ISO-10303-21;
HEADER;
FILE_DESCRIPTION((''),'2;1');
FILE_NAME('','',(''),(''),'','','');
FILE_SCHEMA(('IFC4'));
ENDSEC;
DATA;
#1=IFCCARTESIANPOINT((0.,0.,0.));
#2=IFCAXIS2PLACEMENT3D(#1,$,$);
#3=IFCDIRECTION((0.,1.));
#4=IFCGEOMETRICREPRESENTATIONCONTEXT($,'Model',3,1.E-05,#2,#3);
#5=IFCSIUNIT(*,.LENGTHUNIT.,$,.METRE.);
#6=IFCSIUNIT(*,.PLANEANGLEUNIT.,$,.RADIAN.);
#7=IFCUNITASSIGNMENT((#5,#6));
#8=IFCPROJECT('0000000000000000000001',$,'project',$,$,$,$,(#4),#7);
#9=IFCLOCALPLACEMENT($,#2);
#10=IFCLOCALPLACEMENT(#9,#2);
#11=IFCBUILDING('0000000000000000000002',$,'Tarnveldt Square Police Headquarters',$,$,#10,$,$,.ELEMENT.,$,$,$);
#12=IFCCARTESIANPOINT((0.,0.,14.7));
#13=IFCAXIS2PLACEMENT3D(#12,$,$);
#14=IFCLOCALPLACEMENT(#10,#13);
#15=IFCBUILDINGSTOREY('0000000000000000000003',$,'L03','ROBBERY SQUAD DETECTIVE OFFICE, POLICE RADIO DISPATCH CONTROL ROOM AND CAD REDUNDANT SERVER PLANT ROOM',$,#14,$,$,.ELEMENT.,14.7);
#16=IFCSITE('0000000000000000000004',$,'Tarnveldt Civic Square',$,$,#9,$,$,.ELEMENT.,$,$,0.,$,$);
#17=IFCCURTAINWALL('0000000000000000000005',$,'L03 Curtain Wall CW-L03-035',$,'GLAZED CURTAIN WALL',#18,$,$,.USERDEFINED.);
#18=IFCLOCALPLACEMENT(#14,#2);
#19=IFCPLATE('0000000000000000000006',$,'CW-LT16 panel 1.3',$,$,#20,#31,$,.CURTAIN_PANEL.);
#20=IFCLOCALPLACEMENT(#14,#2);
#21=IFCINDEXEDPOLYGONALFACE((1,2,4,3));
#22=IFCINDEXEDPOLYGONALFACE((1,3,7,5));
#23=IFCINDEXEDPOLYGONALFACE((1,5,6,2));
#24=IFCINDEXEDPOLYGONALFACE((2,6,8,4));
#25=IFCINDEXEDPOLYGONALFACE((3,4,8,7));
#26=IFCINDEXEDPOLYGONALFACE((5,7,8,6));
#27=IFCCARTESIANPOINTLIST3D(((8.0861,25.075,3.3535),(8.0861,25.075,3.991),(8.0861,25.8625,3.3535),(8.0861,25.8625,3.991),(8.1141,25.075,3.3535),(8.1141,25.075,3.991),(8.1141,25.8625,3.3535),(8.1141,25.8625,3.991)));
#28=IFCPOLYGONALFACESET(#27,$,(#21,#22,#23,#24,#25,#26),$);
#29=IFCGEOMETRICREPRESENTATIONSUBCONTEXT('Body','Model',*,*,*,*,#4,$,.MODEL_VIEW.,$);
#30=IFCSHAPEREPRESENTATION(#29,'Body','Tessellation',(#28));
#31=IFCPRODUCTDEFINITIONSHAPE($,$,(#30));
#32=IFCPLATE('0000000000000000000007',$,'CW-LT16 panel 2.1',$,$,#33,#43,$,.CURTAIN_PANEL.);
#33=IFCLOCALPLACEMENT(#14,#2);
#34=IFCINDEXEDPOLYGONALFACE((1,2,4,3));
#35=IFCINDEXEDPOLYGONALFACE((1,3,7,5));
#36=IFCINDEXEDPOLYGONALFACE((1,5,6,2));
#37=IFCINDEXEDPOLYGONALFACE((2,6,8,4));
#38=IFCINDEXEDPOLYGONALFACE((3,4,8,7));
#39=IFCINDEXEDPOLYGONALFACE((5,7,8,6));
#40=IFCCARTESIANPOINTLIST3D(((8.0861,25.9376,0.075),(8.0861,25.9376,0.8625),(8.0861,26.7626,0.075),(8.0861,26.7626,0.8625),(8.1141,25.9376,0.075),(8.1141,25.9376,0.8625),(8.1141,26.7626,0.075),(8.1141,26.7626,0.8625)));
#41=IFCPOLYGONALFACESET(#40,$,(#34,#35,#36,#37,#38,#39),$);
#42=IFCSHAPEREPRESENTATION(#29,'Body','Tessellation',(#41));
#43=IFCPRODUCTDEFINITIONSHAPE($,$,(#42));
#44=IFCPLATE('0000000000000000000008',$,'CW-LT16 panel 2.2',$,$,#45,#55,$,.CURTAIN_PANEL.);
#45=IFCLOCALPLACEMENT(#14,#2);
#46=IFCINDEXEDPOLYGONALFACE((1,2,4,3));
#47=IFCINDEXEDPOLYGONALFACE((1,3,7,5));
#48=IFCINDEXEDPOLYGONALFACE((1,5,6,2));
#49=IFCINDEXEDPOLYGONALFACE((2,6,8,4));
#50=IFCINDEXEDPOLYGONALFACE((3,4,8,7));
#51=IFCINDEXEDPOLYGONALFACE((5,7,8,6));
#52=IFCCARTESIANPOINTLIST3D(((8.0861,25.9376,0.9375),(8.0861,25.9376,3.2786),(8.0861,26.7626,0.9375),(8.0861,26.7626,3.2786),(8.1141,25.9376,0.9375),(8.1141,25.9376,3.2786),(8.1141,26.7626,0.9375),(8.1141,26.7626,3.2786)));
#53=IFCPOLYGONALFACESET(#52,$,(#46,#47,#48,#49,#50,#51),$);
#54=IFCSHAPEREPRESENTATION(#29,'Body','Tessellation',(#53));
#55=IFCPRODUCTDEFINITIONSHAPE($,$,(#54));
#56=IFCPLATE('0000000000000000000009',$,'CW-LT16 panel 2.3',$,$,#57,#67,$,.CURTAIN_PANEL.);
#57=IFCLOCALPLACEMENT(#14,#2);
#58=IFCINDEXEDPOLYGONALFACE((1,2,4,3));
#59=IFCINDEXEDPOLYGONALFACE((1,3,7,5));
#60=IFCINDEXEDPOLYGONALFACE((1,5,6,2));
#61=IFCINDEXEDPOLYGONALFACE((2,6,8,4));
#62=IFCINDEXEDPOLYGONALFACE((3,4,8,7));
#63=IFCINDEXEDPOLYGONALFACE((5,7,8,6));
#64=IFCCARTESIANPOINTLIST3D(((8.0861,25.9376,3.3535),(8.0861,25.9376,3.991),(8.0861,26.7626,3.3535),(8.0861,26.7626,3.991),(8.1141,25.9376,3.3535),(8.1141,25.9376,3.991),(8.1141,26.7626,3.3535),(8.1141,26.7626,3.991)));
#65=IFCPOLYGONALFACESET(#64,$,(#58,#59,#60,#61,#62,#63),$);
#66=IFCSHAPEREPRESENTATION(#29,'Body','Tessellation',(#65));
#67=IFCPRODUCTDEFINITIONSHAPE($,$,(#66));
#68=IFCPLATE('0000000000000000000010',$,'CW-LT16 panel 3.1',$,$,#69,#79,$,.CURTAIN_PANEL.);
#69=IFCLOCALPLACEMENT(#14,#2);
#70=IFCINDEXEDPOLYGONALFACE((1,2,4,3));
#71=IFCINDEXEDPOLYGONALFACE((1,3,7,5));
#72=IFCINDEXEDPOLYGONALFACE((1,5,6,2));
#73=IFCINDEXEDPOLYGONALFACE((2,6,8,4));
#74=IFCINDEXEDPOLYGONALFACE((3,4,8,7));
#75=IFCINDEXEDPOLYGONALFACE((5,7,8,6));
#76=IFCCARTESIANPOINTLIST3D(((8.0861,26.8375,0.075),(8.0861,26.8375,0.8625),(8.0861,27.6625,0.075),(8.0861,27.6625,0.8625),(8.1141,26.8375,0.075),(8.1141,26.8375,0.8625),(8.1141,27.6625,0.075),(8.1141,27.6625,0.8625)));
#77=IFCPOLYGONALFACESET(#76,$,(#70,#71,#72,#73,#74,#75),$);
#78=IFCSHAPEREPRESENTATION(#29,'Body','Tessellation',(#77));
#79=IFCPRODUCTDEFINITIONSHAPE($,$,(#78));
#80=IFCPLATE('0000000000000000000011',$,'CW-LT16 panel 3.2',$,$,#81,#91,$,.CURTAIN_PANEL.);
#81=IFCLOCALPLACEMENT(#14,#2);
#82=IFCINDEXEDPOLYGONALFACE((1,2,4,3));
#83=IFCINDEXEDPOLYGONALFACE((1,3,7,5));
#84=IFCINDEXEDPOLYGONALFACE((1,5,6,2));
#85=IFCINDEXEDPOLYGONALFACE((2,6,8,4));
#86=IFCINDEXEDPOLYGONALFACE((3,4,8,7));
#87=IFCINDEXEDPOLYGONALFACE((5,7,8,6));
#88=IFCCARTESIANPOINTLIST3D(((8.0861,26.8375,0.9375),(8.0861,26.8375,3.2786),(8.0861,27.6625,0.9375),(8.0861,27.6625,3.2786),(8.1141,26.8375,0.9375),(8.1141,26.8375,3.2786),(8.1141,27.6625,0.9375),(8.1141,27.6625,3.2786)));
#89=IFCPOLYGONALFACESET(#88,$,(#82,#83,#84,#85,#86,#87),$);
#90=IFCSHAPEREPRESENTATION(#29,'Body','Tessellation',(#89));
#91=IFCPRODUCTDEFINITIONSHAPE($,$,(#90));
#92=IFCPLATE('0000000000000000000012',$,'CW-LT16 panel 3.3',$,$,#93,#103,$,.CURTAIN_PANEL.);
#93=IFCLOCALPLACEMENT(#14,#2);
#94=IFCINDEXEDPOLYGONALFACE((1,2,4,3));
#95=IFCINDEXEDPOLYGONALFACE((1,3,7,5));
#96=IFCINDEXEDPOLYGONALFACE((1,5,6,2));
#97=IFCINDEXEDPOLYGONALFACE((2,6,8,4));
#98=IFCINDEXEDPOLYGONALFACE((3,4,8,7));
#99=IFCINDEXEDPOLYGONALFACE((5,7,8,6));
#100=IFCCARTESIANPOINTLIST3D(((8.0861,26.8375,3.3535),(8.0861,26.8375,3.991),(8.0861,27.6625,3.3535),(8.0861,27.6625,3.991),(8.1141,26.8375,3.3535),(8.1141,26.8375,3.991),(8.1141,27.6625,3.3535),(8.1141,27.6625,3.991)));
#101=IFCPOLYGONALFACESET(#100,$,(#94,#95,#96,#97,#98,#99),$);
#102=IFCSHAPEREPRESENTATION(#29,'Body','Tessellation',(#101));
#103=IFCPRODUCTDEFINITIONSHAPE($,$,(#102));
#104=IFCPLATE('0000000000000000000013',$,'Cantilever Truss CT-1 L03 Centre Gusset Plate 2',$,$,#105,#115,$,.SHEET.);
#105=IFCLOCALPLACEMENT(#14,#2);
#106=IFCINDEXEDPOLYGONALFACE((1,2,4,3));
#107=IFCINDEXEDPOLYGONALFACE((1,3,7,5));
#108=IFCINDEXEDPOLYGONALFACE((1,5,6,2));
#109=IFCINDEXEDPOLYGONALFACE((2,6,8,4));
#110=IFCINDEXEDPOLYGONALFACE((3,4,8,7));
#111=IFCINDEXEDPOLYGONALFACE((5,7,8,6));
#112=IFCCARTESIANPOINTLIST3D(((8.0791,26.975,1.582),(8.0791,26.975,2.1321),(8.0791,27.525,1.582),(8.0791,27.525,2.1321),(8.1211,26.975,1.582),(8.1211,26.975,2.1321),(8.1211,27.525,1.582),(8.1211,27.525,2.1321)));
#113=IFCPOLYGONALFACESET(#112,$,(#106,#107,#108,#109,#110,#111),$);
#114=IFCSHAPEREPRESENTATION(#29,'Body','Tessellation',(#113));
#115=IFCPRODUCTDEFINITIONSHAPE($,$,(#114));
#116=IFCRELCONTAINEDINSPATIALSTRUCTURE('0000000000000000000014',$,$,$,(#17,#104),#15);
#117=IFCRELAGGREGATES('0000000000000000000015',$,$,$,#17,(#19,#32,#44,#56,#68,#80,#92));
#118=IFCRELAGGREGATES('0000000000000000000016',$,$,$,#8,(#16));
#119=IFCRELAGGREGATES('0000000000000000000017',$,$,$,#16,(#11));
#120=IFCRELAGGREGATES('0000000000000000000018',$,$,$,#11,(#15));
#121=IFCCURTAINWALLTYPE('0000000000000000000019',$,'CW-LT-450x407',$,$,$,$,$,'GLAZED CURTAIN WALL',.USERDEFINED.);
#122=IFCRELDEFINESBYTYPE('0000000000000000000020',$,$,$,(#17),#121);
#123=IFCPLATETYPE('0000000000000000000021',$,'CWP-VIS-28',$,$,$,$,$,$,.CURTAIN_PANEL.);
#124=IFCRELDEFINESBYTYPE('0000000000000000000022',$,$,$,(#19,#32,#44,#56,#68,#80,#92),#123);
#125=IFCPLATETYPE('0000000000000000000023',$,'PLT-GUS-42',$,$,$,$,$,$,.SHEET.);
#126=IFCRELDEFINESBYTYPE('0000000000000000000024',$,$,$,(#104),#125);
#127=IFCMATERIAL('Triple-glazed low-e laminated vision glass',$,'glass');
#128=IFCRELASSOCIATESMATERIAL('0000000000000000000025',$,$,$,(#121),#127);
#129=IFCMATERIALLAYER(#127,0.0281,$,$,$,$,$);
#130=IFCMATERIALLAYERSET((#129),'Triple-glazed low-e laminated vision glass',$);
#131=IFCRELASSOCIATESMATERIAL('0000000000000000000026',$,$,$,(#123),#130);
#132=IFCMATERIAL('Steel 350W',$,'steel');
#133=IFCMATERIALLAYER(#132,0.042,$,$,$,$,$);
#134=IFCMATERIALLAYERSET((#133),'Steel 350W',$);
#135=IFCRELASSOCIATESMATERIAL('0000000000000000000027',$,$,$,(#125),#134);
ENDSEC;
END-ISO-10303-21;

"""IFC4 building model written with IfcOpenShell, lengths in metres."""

from ifc_helpers import new_model, si_unit, direction, frame, origin, origin_2d, place, context, subcontext, project, spatial, rectangle, extrude, material, layer, layer_set, type_object, element, aggregate, save


model = new_model("IFC4")

# Units and contexts
model_context = context("Model", 3, precision=1e-05, world=origin(), true_north=direction((0.0, 1.0)))
body_context = subcontext(model_context, "Body", "Model", "MODEL_VIEW")
ifc_project = project(units=[si_unit("LENGTHUNIT", "METRE"), si_unit("PLANEANGLEUNIT", "RADIAN")], contexts=[model_context])

# Site, building, storey
site_placement = place(None, origin())
site = spatial("IfcSite", under=ifc_project, at=site_placement, Name="Tarnveldt Civic Square", CompositionType="ELEMENT", RefElevation=0.0)
building_placement = place(site_placement, origin())
building = spatial("IfcBuilding", under=site, at=building_placement, Name="Tarnveldt Square Police Headquarters", CompositionType="ELEMENT")
storey_placement = place(building_placement, frame((0.0, 0.0, 14.7)))
storey = spatial("IfcBuildingStorey", under=building, at=storey_placement, Name="L03", Description="ROBBERY SQUAD DETECTIVE OFFICE, POLICE RADIO DISPATCH CONTROL ROOM AND CAD REDUNDANT SERVER PLANT ROOM", CompositionType="ELEMENT", Elevation=14.7)

# Shared definitions
ifc_material_1 = material(Name="Steel 350W", Category="steel")

# Curtain wall
ifc_material_2 = material(Name="Triple-glazed low-e laminated vision glass", Category="glass")
curtain_wall_type = type_object("IfcCurtainWallType", Name="CW-LT-450x407", ElementType="GLAZED CURTAIN WALL", PredefinedType="USERDEFINED", material=ifc_material_2)
curtain_wall_placement = place(storey_placement, origin())
curtain_wall = element("IfcCurtainWall", 1, at=curtain_wall_placement, inside=storey, type_object=curtain_wall_type, Name="L03 Curtain Wall CW-L03-035", ObjectType="GLAZED CURTAIN WALL", PredefinedType="USERDEFINED")

# Plates
ifc_layer_1 = layer(ifc_material_2, 0.0281)
ifc_layer_set_1 = layer_set([ifc_layer_1], Name="Triple-glazed low-e laminated vision glass")
plate_type_1 = type_object("IfcPlateType", Name="CWP-VIS-28", PredefinedType="CURTAIN_PANEL", material=ifc_layer_set_1)
plate_1_placement = place(storey_placement, frame((8.1001, 25.4688, 3.3535), z_axis=(0.0, 0.0, 1.0), x_axis=(0.0, 1.0, 0.0)))
plate_1 = element("IfcPlate", 2, at=plate_1_placement, type_object=plate_type_1, Name="CW-LT16 panel 1.3", PredefinedType="CURTAIN_PANEL", context=body_context, shape_type="SweptSolid", body=[
    extrude(rectangle(XDim=0.7876, YDim=0.0281, at=origin_2d()), origin(), (0.0, 0.0, 1.0), 0.6375),
])
plate_2_placement = place(storey_placement, frame((8.1001, 26.3501, 0.075), z_axis=(0.0, 0.0, 1.0), x_axis=(0.0, 1.0, 0.0)))
plate_2 = element("IfcPlate", 3, at=plate_2_placement, type_object=plate_type_1, Name="CW-LT16 panel 2.1", PredefinedType="CURTAIN_PANEL", context=body_context, shape_type="SweptSolid", body=[
    extrude(rectangle(XDim=0.825, YDim=0.0281, at=origin_2d()), origin(), (0.0, 0.0, 1.0), 0.7876),
])
plate_3_placement = place(storey_placement, frame((8.1001, 26.3501, 0.9375), z_axis=(0.0, 0.0, 1.0), x_axis=(0.0, 1.0, 0.0)))
plate_3 = element("IfcPlate", 4, at=plate_3_placement, type_object=plate_type_1, Name="CW-LT16 panel 2.2", PredefinedType="CURTAIN_PANEL", context=body_context, shape_type="SweptSolid", body=[
    extrude(rectangle(XDim=0.825, YDim=0.0281, at=origin_2d()), origin(), (0.0, 0.0, 1.0), 2.3411),
])
plate_4_placement = place(storey_placement, frame((8.1001, 26.3501, 3.3535), z_axis=(0.0, 0.0, 1.0), x_axis=(0.0, 1.0, 0.0)))
plate_4 = element("IfcPlate", 5, at=plate_4_placement, type_object=plate_type_1, Name="CW-LT16 panel 2.3", PredefinedType="CURTAIN_PANEL", context=body_context, shape_type="SweptSolid", body=[
    extrude(rectangle(XDim=0.825, YDim=0.0281, at=origin_2d()), origin(), (0.0, 0.0, 1.0), 0.6375),
])
plate_5_placement = place(storey_placement, frame((8.1001, 27.25, 0.075), z_axis=(0.0, 0.0, 1.0), x_axis=(0.0, 1.0, 0.0)))
plate_5 = element("IfcPlate", 6, at=plate_5_placement, type_object=plate_type_1, Name="CW-LT16 panel 3.1", PredefinedType="CURTAIN_PANEL", context=body_context, shape_type="SweptSolid", body=[
    extrude(rectangle(XDim=0.825, YDim=0.0281, at=origin_2d()), origin(), (0.0, 0.0, 1.0), 0.7876),
])
plate_6_placement = place(storey_placement, frame((8.1001, 27.25, 0.9375), z_axis=(0.0, 0.0, 1.0), x_axis=(0.0, 1.0, 0.0)))
plate_6 = element("IfcPlate", 7, at=plate_6_placement, type_object=plate_type_1, Name="CW-LT16 panel 3.2", PredefinedType="CURTAIN_PANEL", context=body_context, shape_type="SweptSolid", body=[
    extrude(rectangle(XDim=0.825, YDim=0.0281, at=origin_2d()), origin(), (0.0, 0.0, 1.0), 2.3411),
])
plate_7_placement = place(storey_placement, frame((8.1001, 27.25, 3.3535), z_axis=(0.0, 0.0, 1.0), x_axis=(0.0, 1.0, 0.0)))
plate_7 = element("IfcPlate", 8, at=plate_7_placement, type_object=plate_type_1, Name="CW-LT16 panel 3.3", PredefinedType="CURTAIN_PANEL", context=body_context, shape_type="SweptSolid", body=[
    extrude(rectangle(XDim=0.825, YDim=0.0281, at=origin_2d()), origin(), (0.0, 0.0, 1.0), 0.6375),
])
aggregate(curtain_wall, [plate_1, plate_2, plate_3, plate_4, plate_5, plate_6, plate_7])
ifc_layer_2 = layer(ifc_material_1, 0.042)
ifc_layer_set_2 = layer_set([ifc_layer_2], Name="Steel 350W")
plate_type_2 = type_object("IfcPlateType", Name="PLT-GUS-42", PredefinedType="SHEET", material=ifc_layer_set_2)
plate_8_placement = place(storey_placement, frame((8.1001, 27.25, 1.582), z_axis=(0.0, 0.0, 1.0), x_axis=(1.0, 0.0, 0.0)))
element("IfcPlate", 9, at=plate_8_placement, inside=storey, type_object=plate_type_2, Name="Cantilever Truss CT-1 L03 Centre Gusset Plate 2", PredefinedType="SHEET", context=body_context, shape_type="SweptSolid", body=[
    extrude(rectangle(XDim=0.042, YDim=0.55, at=origin_2d()), origin(), (0.0, 0.0, 1.0), 0.55),
])

save(model, "model.ifc")
